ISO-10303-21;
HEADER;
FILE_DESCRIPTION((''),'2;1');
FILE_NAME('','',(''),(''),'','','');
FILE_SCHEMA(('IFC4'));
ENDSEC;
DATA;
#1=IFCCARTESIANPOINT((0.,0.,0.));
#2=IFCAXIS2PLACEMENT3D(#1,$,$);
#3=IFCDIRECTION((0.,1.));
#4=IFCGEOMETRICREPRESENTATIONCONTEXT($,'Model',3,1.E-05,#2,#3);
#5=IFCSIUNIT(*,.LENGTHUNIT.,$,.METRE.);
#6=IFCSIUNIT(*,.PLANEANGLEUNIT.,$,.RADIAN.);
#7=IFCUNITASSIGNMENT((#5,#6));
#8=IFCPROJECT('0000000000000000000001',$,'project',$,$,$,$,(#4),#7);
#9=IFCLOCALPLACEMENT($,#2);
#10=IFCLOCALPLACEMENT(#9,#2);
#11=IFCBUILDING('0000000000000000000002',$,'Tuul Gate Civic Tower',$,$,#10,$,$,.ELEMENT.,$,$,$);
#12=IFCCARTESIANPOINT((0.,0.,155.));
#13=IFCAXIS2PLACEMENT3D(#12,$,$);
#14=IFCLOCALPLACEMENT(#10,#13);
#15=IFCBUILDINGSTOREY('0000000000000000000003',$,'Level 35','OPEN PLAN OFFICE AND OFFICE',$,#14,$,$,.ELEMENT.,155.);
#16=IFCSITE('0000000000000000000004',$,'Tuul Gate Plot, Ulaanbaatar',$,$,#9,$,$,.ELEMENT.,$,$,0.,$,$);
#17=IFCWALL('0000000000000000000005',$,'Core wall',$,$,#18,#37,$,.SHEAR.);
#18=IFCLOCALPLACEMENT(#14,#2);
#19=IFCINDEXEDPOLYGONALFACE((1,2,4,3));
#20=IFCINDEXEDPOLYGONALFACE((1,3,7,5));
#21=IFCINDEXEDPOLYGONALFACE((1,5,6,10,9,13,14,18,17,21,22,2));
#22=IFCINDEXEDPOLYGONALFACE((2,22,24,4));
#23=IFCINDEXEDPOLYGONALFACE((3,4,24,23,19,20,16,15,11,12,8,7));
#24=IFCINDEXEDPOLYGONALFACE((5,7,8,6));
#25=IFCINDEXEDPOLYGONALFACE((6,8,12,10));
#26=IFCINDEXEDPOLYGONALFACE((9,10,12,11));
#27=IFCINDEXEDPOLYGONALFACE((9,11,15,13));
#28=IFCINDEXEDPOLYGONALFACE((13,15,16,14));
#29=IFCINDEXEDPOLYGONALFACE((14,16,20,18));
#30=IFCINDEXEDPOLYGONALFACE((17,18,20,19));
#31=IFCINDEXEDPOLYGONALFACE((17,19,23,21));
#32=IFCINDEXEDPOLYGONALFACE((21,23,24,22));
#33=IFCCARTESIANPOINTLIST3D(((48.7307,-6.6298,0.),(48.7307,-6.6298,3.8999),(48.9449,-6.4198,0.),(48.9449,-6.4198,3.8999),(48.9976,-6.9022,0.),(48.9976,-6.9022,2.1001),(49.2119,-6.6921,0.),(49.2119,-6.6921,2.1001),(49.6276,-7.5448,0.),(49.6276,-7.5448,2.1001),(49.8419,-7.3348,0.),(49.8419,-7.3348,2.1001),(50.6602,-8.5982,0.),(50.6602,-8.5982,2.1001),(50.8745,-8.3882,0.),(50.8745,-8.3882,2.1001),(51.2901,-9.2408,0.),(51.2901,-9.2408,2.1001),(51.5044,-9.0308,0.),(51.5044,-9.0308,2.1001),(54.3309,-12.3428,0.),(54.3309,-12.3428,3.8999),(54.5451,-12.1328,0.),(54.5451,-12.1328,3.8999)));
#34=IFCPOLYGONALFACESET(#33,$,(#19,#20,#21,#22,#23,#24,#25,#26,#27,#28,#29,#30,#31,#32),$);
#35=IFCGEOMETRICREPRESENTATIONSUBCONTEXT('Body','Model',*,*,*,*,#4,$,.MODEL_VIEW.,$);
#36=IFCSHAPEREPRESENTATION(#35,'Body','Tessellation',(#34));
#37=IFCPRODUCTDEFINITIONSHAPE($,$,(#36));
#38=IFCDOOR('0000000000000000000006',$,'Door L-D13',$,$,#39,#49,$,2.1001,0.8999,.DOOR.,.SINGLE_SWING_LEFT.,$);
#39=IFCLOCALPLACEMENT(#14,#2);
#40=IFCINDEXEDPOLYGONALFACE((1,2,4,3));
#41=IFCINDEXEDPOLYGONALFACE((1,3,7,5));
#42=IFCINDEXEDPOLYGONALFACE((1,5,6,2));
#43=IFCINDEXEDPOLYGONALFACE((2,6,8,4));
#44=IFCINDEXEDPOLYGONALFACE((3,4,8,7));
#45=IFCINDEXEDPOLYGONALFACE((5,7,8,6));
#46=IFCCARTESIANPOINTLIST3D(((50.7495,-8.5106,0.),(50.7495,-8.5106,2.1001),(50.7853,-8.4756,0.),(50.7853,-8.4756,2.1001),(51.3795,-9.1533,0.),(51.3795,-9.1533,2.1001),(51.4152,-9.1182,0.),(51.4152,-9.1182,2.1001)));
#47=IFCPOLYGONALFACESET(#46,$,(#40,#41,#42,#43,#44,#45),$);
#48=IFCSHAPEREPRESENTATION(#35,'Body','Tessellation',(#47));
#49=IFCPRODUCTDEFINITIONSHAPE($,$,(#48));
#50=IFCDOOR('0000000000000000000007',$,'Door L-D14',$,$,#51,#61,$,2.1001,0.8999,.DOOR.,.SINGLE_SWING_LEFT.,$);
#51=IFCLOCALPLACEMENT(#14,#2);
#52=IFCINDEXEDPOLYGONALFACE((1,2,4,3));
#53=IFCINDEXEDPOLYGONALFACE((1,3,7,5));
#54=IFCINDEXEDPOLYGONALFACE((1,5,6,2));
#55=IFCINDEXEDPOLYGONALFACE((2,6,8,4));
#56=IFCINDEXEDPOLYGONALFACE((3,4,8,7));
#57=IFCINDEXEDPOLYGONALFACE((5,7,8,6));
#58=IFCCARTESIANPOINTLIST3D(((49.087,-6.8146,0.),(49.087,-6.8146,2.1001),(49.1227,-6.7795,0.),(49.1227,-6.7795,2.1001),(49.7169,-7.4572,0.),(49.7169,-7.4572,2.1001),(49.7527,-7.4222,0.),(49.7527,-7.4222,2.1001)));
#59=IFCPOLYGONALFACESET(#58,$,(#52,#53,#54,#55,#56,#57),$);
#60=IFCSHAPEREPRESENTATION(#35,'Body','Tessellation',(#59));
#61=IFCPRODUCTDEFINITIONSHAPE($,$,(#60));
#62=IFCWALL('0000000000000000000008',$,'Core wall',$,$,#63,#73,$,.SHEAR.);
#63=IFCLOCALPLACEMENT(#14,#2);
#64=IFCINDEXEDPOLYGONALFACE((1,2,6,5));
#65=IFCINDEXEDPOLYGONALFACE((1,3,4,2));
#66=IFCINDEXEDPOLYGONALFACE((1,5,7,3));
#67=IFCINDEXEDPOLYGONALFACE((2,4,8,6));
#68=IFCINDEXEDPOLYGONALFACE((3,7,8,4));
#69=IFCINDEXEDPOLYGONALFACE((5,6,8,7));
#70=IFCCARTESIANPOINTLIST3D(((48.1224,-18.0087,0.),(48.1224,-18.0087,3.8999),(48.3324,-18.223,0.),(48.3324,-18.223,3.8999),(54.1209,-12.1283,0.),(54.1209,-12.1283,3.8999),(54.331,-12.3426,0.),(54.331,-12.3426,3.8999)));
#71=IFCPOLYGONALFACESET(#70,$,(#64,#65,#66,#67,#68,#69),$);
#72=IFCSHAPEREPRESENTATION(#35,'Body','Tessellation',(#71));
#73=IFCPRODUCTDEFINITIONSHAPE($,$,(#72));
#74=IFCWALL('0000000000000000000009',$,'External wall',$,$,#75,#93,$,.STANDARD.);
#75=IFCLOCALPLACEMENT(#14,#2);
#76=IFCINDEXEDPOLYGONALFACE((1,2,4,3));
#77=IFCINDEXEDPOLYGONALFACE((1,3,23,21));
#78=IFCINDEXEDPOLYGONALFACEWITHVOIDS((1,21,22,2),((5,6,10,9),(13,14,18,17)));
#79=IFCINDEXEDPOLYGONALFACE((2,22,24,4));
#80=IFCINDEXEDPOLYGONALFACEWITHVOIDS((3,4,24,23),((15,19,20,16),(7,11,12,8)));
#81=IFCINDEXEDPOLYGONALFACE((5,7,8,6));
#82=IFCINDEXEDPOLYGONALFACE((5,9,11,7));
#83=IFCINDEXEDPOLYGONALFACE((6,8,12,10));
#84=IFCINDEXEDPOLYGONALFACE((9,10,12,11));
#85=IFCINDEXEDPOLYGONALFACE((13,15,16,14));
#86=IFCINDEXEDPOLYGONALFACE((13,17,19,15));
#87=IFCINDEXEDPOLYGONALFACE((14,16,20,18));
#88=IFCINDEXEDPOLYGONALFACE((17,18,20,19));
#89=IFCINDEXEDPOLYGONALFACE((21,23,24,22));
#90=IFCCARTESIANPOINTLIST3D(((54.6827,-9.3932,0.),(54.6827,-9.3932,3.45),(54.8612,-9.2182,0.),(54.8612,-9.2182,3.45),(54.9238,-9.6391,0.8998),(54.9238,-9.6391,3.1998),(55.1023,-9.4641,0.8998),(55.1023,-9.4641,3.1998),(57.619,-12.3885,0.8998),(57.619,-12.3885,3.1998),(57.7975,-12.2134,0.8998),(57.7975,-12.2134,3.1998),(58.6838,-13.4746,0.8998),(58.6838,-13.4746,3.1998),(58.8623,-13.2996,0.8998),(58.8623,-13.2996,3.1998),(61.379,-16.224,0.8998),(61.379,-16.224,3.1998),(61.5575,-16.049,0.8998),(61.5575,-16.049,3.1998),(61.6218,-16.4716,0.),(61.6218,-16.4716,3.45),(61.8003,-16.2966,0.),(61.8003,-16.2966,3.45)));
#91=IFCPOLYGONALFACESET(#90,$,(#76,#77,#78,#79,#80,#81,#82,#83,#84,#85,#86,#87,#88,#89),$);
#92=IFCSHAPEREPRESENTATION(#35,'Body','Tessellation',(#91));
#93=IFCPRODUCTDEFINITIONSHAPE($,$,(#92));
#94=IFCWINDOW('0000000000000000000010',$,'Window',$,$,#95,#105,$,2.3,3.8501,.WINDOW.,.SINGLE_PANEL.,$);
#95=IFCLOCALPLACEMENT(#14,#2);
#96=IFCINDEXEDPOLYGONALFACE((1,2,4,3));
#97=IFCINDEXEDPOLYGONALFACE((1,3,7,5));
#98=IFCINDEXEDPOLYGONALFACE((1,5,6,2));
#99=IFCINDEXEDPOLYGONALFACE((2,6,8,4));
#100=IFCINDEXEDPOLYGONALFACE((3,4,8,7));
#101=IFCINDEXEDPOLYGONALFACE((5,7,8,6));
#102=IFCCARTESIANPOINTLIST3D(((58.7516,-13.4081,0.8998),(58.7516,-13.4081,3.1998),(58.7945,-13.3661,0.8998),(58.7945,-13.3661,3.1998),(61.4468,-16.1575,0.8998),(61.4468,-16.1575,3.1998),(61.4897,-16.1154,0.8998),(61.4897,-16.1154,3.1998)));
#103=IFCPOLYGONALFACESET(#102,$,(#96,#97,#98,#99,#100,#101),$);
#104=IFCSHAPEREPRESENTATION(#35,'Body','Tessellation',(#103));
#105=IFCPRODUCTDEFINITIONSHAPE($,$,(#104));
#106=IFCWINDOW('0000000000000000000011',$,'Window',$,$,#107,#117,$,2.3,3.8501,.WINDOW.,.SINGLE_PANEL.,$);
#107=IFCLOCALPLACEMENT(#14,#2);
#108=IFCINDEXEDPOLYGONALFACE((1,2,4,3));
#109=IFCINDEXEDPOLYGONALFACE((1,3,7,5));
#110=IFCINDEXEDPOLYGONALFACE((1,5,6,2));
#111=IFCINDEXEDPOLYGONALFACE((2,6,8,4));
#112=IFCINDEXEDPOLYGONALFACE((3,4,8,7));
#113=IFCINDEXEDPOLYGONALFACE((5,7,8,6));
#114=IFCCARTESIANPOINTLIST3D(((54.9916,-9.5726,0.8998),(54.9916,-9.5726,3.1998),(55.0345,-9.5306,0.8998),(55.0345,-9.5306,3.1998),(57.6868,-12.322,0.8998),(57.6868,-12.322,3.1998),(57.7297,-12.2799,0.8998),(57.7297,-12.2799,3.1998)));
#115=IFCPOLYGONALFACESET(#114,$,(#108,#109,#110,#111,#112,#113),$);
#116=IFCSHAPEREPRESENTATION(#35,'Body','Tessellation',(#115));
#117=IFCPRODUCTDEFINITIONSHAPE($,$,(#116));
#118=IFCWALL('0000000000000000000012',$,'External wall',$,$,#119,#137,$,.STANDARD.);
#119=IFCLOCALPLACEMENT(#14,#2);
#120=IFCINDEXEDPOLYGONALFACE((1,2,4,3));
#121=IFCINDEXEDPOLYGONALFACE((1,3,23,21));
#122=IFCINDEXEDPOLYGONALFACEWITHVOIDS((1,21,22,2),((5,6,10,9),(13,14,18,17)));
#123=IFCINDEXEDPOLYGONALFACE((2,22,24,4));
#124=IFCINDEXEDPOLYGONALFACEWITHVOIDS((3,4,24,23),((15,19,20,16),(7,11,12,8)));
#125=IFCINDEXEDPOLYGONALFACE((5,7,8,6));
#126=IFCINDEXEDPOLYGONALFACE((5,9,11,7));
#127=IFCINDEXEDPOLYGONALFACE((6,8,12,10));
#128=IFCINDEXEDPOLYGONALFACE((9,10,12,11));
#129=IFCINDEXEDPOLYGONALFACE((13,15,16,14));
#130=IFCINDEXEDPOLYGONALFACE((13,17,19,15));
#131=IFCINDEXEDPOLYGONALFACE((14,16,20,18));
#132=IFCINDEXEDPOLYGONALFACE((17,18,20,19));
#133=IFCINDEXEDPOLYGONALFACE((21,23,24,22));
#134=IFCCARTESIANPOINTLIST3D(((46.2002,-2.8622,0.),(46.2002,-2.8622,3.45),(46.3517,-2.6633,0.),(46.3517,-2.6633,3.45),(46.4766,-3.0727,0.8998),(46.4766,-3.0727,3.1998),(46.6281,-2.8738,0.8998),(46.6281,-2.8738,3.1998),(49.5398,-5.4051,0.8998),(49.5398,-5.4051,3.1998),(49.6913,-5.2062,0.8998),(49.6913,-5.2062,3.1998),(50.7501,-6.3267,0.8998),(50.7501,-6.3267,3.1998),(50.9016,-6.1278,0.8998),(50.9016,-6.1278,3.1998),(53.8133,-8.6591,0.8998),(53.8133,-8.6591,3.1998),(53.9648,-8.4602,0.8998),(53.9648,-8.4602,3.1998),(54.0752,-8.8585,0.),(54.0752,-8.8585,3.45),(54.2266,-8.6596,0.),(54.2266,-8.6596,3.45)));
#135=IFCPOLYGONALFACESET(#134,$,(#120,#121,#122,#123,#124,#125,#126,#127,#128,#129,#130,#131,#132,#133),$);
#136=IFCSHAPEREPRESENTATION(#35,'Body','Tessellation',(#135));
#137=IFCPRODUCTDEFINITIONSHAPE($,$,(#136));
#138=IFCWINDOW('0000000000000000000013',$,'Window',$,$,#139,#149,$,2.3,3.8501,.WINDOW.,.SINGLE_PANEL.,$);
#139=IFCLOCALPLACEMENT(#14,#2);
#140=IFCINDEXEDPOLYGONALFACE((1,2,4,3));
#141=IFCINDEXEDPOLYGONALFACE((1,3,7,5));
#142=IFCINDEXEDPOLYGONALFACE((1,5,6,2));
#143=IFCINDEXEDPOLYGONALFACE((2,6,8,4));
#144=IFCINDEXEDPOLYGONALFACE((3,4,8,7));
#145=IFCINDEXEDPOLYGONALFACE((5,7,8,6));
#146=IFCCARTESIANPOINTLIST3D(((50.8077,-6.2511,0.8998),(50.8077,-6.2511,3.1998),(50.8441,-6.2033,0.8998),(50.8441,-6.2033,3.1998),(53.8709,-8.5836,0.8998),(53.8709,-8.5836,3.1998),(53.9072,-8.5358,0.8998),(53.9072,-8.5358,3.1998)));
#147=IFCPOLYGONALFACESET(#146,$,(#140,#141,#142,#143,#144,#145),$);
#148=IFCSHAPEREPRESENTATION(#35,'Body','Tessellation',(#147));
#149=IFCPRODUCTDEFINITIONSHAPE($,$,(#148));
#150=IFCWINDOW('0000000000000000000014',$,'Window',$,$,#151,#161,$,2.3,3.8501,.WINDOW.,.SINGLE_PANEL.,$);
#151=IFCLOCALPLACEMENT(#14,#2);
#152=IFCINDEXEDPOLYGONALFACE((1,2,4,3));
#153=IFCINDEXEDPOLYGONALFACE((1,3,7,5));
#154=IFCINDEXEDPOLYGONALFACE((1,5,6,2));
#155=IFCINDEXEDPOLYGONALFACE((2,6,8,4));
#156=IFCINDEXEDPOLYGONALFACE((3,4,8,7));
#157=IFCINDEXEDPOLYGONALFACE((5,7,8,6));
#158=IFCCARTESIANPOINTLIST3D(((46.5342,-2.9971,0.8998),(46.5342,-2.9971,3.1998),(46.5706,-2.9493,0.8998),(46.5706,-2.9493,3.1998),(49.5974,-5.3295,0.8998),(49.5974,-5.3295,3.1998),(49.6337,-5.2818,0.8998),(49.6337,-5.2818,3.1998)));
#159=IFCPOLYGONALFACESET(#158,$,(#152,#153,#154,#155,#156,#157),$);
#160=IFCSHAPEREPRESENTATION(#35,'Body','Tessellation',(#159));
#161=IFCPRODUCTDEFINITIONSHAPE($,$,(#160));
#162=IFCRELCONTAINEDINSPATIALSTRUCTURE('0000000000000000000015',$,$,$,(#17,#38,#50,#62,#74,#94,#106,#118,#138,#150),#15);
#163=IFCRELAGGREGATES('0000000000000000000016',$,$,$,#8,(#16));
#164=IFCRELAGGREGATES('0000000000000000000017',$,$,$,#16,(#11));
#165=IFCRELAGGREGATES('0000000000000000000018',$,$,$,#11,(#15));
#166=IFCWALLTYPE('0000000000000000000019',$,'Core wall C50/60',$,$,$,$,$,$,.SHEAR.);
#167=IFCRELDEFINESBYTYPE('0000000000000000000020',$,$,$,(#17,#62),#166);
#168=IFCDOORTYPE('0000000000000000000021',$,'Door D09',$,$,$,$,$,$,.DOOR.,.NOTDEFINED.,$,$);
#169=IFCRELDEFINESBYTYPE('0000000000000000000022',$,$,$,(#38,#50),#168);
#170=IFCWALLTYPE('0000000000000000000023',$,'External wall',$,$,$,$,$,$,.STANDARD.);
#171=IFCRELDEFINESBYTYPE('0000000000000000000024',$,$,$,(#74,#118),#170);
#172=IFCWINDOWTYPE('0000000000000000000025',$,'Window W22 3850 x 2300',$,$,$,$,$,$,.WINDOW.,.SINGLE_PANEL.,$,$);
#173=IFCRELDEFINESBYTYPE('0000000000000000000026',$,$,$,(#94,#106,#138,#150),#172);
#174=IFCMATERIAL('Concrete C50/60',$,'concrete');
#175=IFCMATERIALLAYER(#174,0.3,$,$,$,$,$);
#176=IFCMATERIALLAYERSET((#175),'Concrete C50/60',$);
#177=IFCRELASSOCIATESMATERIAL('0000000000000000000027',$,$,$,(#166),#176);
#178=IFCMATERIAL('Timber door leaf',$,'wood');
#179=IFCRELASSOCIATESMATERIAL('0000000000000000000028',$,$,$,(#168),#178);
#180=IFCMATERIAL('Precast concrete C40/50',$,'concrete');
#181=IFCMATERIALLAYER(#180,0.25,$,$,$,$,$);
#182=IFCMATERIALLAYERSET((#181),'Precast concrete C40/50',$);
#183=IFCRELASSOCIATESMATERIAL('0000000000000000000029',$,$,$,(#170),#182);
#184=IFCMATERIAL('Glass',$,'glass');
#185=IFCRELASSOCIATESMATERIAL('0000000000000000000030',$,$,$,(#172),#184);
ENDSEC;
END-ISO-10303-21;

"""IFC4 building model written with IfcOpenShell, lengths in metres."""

from ifc_helpers import new_model, si_unit, direction, frame, frame_2d, origin, place, context, subcontext, project, spatial, rectangle, extrude, material, layer, layer_set, type_object, element, fill, save


model = new_model("IFC4")

# Units and contexts
model_context = context("Model", 3, precision=1e-05, world=origin(), true_north=direction((0.0, 1.0)))
body_context = subcontext(model_context, "Body", "Model", "MODEL_VIEW")
ifc_project = project(units=[si_unit("LENGTHUNIT", "METRE"), si_unit("PLANEANGLEUNIT", "RADIAN")], contexts=[model_context])

# Site, building, storey
site_placement = place(None, origin())
site = spatial("IfcSite", under=ifc_project, at=site_placement, Name="Tuul Gate Plot, Ulaanbaatar", CompositionType="ELEMENT", RefElevation=0.0)
building_placement = place(site_placement, origin())
building = spatial("IfcBuilding", under=site, at=building_placement, Name="Tuul Gate Civic Tower", CompositionType="ELEMENT")
storey_placement = place(building_placement, frame((0.0, 0.0, 155.0)))
storey = spatial("IfcBuildingStorey", under=building, at=storey_placement, Name="Level 35", Description="OPEN PLAN OFFICE AND OFFICE", CompositionType="ELEMENT", Elevation=155.0)

# Shared definitions
ifc_material_1 = material(Name="Concrete C50/60", Category="concrete")
ifc_layer_1 = layer(ifc_material_1, 0.3)
ifc_layer_set_1 = layer_set([ifc_layer_1], Name="Concrete C50/60")
wall_type_1 = type_object("IfcWallType", Name="Core wall C50/60", PredefinedType="SHEAR", material=ifc_layer_set_1)

# Wall, openings, doors
wall_1_placement = place(storey_placement, frame((54.438, -12.2378, 0.0), z_axis=(0.0, 0.0, 1.0), x_axis=(-0.700022, 0.714121, 0.0)))
wall_1 = element("IfcWall", 1, at=wall_1_placement, inside=storey, type_object=wall_type_1, Name="Core wall", PredefinedType="SHEAR", context=body_context, shape_type="SweptSolid", body=[
    extrude(rectangle(XDim=8.0, YDim=0.3, at=frame_2d((4.0, 0.0))), origin(), (0.0, 0.0, 1.0), 3.8999),
])
opening_1_placement = place(wall_1_placement, frame((4.3438, 0.0, 0.0)))
opening_1 = element("IfcOpeningElement", 2, at=opening_1_placement, cuts=wall_1, PredefinedType="OPENING", context=body_context, shape_type="SweptSolid", body=[
    extrude(rectangle(XDim=0.8999, YDim=2.1001, at=frame_2d((0.45, 1.05))), frame((0.0, 0.1602, 0.0), z_axis=(0.0, -1.0, 0.0), x_axis=(1.0, 0.0, 0.0)), (0.0, 0.0, 1.0), 0.3201),
])
opening_2_placement = place(wall_1_placement, frame((6.7188, 0.0, 0.0)))
opening_2 = element("IfcOpeningElement", 3, at=opening_2_placement, cuts=wall_1, PredefinedType="OPENING", context=body_context, shape_type="SweptSolid", body=[
    extrude(rectangle(XDim=0.8999, YDim=2.1001, at=frame_2d((0.45, 1.05))), frame((0.0, 0.1602, 0.0), z_axis=(0.0, -1.0, 0.0), x_axis=(1.0, 0.0, 0.0)), (0.0, 0.0, 1.0), 0.3201),
])
ifc_material_2 = material(Name="Timber door leaf", Category="wood")
door_type_1 = type_object("IfcDoorType", Name="Door D09", OperationType="NOTDEFINED", PredefinedType="DOOR", material=ifc_material_2)
door_1_placement = place(opening_1_placement, origin())
door_1 = element("IfcDoor", 4, at=door_1_placement, inside=storey, type_object=door_type_1, Name="Door L-D13", OperationType="SINGLE_SWING_LEFT", OverallHeight=2.1001, OverallWidth=0.8999, PredefinedType="DOOR", context=body_context, shape_type="SweptSolid", body=[
    extrude(rectangle(XDim=0.8999, YDim=2.1001, at=frame_2d((0.45, 1.05))), frame((0.0, 0.0249, 0.0), z_axis=(0.0, -1.0, 0.0), x_axis=(1.0, 0.0, 0.0)), (0.0, 0.0, 1.0), 0.05),
])
fill(opening_1, door_1)
door_2_placement = place(opening_2_placement, origin())
door_2 = element("IfcDoor", 5, at=door_2_placement, inside=storey, type_object=door_type_1, Name="Door L-D14", OperationType="SINGLE_SWING_LEFT", OverallHeight=2.1001, OverallWidth=0.8999, PredefinedType="DOOR", context=body_context, shape_type="SweptSolid", body=[
    extrude(rectangle(XDim=0.8999, YDim=2.1001, at=frame_2d((0.45, 1.05))), frame((0.0, 0.0249, 0.0), z_axis=(0.0, -1.0, 0.0), x_axis=(1.0, 0.0, 0.0)), (0.0, 0.0, 1.0), 0.05),
])
fill(opening_2, door_2)

# Wall
wall_2_placement = place(storey_placement, frame((48.2273, -18.116, 0.0), z_axis=(0.0, 0.0, 1.0), x_axis=(0.714105, 0.700038, 0.0)))
element("IfcWall", 6, at=wall_2_placement, inside=storey, type_object=wall_type_1, Name="Core wall", PredefinedType="SHEAR", context=body_context, shape_type="SweptSolid", body=[
    extrude(rectangle(XDim=8.4001, YDim=0.3, at=frame_2d((4.2002, 0.0))), origin(), (0.0, 0.0, 1.0), 3.8999),
])

# Walls, openings, windows
ifc_material_3 = material(Name="Precast concrete C40/50", Category="concrete")
ifc_layer_2 = layer(ifc_material_3, 0.25)
ifc_layer_set_2 = layer_set([ifc_layer_2], Name="Precast concrete C40/50")
wall_type_2 = type_object("IfcWallType", Name="External wall", PredefinedType="STANDARD", material=ifc_layer_set_2)
wall_3_placement = place(storey_placement, frame((61.7109, -16.384, 0.0), z_axis=(0.0, 0.0, 1.0), x_axis=(-0.70004, 0.714104, 0.0)))
wall_3 = element("IfcWall", 7, at=wall_3_placement, inside=storey, type_object=wall_type_2, Name="External wall", PredefinedType="STANDARD", context=body_context, shape_type="SweptSolid", body=[
    extrude(rectangle(XDim=9.9124, YDim=0.25, at=frame_2d((4.9561, 0.0))), origin(), (0.0, 0.0, 1.0), 3.45),
])
opening_3_placement = place(wall_3_placement, frame((0.3467, 0.0, 0.8999)))
opening_3 = element("IfcOpeningElement", 8, at=opening_3_placement, cuts=wall_3, PredefinedType="OPENING", context=body_context, shape_type="SweptSolid", body=[
    extrude(rectangle(XDim=3.8501, YDim=2.3, at=frame_2d((1.925, 1.1499))), frame((0.0, 0.135, 0.0), z_axis=(0.0, -1.0, 0.0), x_axis=(1.0, 0.0, 0.0)), (0.0, 0.0, 1.0), 0.27),
])
opening_4_placement = place(wall_3_placement, frame((5.7178, 0.0, 0.8999)))
opening_4 = element("IfcOpeningElement", 9, at=opening_4_placement, cuts=wall_3, PredefinedType="OPENING", context=body_context, shape_type="SweptSolid", body=[
    extrude(rectangle(XDim=3.8501, YDim=2.3, at=frame_2d((1.925, 1.1499))), frame((0.0, 0.135, 0.0), z_axis=(0.0, -1.0, 0.0), x_axis=(1.0, 0.0, 0.0)), (0.0, 0.0, 1.0), 0.27),
])
ifc_material_4 = material(Name="Glass", Category="glass")
window_type = type_object("IfcWindowType", Name="Window W22 3850 x 2300", PartitioningType="SINGLE_PANEL", PredefinedType="WINDOW", material=ifc_material_4)
window_1_placement = place(opening_3_placement, origin())
window_1 = element("IfcWindow", 10, at=window_1_placement, inside=storey, type_object=window_type, Name="Window", OverallHeight=2.3, OverallWidth=3.8501, PartitioningType="SINGLE_PANEL", PredefinedType="WINDOW", context=body_context, shape_type="SweptSolid", body=[
    extrude(rectangle(XDim=3.8501, YDim=2.3, at=frame_2d((1.925, 1.1499))), frame((0.0, 0.03, 0.0), z_axis=(0.0, -1.0, 0.0), x_axis=(1.0, 0.0, 0.0)), (0.0, 0.0, 1.0), 0.0601),
])
fill(opening_3, window_1)
window_2_placement = place(opening_4_placement, origin())
window_2 = element("IfcWindow", 11, at=window_2_placement, inside=storey, type_object=window_type, Name="Window", OverallHeight=2.3, OverallWidth=3.8501, PartitioningType="SINGLE_PANEL", PredefinedType="WINDOW", context=body_context, shape_type="SweptSolid", body=[
    extrude(rectangle(XDim=3.8501, YDim=2.3, at=frame_2d((1.925, 1.1499))), frame((0.0, 0.03, 0.0), z_axis=(0.0, -1.0, 0.0), x_axis=(1.0, 0.0, 0.0)), (0.0, 0.0, 1.0), 0.0601),
])
fill(opening_4, window_2)
wall_4_placement = place(storey_placement, frame((54.1509, -8.759, 0.0), z_axis=(0.0, 0.0, 1.0), x_axis=(-0.79561, 0.605809, 0.0)))
wall_4 = element("IfcWall", 12, at=wall_4_placement, inside=storey, type_object=wall_type_2, Name="External wall", PredefinedType="STANDARD", context=body_context, shape_type="SweptSolid", body=[
    extrude(rectangle(XDim=9.8979, YDim=0.25, at=frame_2d((4.949, 0.0))), origin(), (0.0, 0.0, 1.0), 3.45),
])
opening_5_placement = place(wall_4_placement, frame((0.3291, 0.0, 0.8999)))
opening_5 = element("IfcOpeningElement", 13, at=opening_5_placement, cuts=wall_4, PredefinedType="OPENING", context=body_context, shape_type="SweptSolid", body=[
    extrude(rectangle(XDim=3.8501, YDim=2.3, at=frame_2d((1.925, 1.1499))), frame((0.0, 0.135, 0.0), z_axis=(0.0, -1.0, 0.0), x_axis=(1.0, 0.0, 0.0)), (0.0, 0.0, 1.0), 0.27),
])
opening_6_placement = place(wall_4_placement, frame((5.7004, 0.0, 0.8999)))
opening_6 = element("IfcOpeningElement", 14, at=opening_6_placement, cuts=wall_4, PredefinedType="OPENING", context=body_context, shape_type="SweptSolid", body=[
    extrude(rectangle(XDim=3.8501, YDim=2.3, at=frame_2d((1.925, 1.1499))), frame((0.0, 0.135, 0.0), z_axis=(0.0, -1.0, 0.0), x_axis=(1.0, 0.0, 0.0)), (0.0, 0.0, 1.0), 0.27),
])
window_3_placement = place(opening_5_placement, origin())
window_3 = element("IfcWindow", 15, at=window_3_placement, inside=storey, type_object=window_type, Name="Window", OverallHeight=2.3, OverallWidth=3.8501, PartitioningType="SINGLE_PANEL", PredefinedType="WINDOW", context=body_context, shape_type="SweptSolid", body=[
    extrude(rectangle(XDim=3.8501, YDim=2.3, at=frame_2d((1.925, 1.1499))), frame((0.0, 0.03, 0.0), z_axis=(0.0, -1.0, 0.0), x_axis=(1.0, 0.0, 0.0)), (0.0, 0.0, 1.0), 0.0601),
])
fill(opening_5, window_3)
window_4_placement = place(opening_6_placement, origin())
window_4 = element("IfcWindow", 16, at=window_4_placement, inside=storey, type_object=window_type, Name="Window", OverallHeight=2.3, OverallWidth=3.8501, PartitioningType="SINGLE_PANEL", PredefinedType="WINDOW", context=body_context, shape_type="SweptSolid", body=[
    extrude(rectangle(XDim=3.8501, YDim=2.3, at=frame_2d((1.925, 1.1499))), frame((0.0, 0.03, 0.0), z_axis=(0.0, -1.0, 0.0), x_axis=(1.0, 0.0, 0.0)), (0.0, 0.0, 1.0), 0.0601),
])
fill(opening_6, window_4)

save(model, "model.ifc")
